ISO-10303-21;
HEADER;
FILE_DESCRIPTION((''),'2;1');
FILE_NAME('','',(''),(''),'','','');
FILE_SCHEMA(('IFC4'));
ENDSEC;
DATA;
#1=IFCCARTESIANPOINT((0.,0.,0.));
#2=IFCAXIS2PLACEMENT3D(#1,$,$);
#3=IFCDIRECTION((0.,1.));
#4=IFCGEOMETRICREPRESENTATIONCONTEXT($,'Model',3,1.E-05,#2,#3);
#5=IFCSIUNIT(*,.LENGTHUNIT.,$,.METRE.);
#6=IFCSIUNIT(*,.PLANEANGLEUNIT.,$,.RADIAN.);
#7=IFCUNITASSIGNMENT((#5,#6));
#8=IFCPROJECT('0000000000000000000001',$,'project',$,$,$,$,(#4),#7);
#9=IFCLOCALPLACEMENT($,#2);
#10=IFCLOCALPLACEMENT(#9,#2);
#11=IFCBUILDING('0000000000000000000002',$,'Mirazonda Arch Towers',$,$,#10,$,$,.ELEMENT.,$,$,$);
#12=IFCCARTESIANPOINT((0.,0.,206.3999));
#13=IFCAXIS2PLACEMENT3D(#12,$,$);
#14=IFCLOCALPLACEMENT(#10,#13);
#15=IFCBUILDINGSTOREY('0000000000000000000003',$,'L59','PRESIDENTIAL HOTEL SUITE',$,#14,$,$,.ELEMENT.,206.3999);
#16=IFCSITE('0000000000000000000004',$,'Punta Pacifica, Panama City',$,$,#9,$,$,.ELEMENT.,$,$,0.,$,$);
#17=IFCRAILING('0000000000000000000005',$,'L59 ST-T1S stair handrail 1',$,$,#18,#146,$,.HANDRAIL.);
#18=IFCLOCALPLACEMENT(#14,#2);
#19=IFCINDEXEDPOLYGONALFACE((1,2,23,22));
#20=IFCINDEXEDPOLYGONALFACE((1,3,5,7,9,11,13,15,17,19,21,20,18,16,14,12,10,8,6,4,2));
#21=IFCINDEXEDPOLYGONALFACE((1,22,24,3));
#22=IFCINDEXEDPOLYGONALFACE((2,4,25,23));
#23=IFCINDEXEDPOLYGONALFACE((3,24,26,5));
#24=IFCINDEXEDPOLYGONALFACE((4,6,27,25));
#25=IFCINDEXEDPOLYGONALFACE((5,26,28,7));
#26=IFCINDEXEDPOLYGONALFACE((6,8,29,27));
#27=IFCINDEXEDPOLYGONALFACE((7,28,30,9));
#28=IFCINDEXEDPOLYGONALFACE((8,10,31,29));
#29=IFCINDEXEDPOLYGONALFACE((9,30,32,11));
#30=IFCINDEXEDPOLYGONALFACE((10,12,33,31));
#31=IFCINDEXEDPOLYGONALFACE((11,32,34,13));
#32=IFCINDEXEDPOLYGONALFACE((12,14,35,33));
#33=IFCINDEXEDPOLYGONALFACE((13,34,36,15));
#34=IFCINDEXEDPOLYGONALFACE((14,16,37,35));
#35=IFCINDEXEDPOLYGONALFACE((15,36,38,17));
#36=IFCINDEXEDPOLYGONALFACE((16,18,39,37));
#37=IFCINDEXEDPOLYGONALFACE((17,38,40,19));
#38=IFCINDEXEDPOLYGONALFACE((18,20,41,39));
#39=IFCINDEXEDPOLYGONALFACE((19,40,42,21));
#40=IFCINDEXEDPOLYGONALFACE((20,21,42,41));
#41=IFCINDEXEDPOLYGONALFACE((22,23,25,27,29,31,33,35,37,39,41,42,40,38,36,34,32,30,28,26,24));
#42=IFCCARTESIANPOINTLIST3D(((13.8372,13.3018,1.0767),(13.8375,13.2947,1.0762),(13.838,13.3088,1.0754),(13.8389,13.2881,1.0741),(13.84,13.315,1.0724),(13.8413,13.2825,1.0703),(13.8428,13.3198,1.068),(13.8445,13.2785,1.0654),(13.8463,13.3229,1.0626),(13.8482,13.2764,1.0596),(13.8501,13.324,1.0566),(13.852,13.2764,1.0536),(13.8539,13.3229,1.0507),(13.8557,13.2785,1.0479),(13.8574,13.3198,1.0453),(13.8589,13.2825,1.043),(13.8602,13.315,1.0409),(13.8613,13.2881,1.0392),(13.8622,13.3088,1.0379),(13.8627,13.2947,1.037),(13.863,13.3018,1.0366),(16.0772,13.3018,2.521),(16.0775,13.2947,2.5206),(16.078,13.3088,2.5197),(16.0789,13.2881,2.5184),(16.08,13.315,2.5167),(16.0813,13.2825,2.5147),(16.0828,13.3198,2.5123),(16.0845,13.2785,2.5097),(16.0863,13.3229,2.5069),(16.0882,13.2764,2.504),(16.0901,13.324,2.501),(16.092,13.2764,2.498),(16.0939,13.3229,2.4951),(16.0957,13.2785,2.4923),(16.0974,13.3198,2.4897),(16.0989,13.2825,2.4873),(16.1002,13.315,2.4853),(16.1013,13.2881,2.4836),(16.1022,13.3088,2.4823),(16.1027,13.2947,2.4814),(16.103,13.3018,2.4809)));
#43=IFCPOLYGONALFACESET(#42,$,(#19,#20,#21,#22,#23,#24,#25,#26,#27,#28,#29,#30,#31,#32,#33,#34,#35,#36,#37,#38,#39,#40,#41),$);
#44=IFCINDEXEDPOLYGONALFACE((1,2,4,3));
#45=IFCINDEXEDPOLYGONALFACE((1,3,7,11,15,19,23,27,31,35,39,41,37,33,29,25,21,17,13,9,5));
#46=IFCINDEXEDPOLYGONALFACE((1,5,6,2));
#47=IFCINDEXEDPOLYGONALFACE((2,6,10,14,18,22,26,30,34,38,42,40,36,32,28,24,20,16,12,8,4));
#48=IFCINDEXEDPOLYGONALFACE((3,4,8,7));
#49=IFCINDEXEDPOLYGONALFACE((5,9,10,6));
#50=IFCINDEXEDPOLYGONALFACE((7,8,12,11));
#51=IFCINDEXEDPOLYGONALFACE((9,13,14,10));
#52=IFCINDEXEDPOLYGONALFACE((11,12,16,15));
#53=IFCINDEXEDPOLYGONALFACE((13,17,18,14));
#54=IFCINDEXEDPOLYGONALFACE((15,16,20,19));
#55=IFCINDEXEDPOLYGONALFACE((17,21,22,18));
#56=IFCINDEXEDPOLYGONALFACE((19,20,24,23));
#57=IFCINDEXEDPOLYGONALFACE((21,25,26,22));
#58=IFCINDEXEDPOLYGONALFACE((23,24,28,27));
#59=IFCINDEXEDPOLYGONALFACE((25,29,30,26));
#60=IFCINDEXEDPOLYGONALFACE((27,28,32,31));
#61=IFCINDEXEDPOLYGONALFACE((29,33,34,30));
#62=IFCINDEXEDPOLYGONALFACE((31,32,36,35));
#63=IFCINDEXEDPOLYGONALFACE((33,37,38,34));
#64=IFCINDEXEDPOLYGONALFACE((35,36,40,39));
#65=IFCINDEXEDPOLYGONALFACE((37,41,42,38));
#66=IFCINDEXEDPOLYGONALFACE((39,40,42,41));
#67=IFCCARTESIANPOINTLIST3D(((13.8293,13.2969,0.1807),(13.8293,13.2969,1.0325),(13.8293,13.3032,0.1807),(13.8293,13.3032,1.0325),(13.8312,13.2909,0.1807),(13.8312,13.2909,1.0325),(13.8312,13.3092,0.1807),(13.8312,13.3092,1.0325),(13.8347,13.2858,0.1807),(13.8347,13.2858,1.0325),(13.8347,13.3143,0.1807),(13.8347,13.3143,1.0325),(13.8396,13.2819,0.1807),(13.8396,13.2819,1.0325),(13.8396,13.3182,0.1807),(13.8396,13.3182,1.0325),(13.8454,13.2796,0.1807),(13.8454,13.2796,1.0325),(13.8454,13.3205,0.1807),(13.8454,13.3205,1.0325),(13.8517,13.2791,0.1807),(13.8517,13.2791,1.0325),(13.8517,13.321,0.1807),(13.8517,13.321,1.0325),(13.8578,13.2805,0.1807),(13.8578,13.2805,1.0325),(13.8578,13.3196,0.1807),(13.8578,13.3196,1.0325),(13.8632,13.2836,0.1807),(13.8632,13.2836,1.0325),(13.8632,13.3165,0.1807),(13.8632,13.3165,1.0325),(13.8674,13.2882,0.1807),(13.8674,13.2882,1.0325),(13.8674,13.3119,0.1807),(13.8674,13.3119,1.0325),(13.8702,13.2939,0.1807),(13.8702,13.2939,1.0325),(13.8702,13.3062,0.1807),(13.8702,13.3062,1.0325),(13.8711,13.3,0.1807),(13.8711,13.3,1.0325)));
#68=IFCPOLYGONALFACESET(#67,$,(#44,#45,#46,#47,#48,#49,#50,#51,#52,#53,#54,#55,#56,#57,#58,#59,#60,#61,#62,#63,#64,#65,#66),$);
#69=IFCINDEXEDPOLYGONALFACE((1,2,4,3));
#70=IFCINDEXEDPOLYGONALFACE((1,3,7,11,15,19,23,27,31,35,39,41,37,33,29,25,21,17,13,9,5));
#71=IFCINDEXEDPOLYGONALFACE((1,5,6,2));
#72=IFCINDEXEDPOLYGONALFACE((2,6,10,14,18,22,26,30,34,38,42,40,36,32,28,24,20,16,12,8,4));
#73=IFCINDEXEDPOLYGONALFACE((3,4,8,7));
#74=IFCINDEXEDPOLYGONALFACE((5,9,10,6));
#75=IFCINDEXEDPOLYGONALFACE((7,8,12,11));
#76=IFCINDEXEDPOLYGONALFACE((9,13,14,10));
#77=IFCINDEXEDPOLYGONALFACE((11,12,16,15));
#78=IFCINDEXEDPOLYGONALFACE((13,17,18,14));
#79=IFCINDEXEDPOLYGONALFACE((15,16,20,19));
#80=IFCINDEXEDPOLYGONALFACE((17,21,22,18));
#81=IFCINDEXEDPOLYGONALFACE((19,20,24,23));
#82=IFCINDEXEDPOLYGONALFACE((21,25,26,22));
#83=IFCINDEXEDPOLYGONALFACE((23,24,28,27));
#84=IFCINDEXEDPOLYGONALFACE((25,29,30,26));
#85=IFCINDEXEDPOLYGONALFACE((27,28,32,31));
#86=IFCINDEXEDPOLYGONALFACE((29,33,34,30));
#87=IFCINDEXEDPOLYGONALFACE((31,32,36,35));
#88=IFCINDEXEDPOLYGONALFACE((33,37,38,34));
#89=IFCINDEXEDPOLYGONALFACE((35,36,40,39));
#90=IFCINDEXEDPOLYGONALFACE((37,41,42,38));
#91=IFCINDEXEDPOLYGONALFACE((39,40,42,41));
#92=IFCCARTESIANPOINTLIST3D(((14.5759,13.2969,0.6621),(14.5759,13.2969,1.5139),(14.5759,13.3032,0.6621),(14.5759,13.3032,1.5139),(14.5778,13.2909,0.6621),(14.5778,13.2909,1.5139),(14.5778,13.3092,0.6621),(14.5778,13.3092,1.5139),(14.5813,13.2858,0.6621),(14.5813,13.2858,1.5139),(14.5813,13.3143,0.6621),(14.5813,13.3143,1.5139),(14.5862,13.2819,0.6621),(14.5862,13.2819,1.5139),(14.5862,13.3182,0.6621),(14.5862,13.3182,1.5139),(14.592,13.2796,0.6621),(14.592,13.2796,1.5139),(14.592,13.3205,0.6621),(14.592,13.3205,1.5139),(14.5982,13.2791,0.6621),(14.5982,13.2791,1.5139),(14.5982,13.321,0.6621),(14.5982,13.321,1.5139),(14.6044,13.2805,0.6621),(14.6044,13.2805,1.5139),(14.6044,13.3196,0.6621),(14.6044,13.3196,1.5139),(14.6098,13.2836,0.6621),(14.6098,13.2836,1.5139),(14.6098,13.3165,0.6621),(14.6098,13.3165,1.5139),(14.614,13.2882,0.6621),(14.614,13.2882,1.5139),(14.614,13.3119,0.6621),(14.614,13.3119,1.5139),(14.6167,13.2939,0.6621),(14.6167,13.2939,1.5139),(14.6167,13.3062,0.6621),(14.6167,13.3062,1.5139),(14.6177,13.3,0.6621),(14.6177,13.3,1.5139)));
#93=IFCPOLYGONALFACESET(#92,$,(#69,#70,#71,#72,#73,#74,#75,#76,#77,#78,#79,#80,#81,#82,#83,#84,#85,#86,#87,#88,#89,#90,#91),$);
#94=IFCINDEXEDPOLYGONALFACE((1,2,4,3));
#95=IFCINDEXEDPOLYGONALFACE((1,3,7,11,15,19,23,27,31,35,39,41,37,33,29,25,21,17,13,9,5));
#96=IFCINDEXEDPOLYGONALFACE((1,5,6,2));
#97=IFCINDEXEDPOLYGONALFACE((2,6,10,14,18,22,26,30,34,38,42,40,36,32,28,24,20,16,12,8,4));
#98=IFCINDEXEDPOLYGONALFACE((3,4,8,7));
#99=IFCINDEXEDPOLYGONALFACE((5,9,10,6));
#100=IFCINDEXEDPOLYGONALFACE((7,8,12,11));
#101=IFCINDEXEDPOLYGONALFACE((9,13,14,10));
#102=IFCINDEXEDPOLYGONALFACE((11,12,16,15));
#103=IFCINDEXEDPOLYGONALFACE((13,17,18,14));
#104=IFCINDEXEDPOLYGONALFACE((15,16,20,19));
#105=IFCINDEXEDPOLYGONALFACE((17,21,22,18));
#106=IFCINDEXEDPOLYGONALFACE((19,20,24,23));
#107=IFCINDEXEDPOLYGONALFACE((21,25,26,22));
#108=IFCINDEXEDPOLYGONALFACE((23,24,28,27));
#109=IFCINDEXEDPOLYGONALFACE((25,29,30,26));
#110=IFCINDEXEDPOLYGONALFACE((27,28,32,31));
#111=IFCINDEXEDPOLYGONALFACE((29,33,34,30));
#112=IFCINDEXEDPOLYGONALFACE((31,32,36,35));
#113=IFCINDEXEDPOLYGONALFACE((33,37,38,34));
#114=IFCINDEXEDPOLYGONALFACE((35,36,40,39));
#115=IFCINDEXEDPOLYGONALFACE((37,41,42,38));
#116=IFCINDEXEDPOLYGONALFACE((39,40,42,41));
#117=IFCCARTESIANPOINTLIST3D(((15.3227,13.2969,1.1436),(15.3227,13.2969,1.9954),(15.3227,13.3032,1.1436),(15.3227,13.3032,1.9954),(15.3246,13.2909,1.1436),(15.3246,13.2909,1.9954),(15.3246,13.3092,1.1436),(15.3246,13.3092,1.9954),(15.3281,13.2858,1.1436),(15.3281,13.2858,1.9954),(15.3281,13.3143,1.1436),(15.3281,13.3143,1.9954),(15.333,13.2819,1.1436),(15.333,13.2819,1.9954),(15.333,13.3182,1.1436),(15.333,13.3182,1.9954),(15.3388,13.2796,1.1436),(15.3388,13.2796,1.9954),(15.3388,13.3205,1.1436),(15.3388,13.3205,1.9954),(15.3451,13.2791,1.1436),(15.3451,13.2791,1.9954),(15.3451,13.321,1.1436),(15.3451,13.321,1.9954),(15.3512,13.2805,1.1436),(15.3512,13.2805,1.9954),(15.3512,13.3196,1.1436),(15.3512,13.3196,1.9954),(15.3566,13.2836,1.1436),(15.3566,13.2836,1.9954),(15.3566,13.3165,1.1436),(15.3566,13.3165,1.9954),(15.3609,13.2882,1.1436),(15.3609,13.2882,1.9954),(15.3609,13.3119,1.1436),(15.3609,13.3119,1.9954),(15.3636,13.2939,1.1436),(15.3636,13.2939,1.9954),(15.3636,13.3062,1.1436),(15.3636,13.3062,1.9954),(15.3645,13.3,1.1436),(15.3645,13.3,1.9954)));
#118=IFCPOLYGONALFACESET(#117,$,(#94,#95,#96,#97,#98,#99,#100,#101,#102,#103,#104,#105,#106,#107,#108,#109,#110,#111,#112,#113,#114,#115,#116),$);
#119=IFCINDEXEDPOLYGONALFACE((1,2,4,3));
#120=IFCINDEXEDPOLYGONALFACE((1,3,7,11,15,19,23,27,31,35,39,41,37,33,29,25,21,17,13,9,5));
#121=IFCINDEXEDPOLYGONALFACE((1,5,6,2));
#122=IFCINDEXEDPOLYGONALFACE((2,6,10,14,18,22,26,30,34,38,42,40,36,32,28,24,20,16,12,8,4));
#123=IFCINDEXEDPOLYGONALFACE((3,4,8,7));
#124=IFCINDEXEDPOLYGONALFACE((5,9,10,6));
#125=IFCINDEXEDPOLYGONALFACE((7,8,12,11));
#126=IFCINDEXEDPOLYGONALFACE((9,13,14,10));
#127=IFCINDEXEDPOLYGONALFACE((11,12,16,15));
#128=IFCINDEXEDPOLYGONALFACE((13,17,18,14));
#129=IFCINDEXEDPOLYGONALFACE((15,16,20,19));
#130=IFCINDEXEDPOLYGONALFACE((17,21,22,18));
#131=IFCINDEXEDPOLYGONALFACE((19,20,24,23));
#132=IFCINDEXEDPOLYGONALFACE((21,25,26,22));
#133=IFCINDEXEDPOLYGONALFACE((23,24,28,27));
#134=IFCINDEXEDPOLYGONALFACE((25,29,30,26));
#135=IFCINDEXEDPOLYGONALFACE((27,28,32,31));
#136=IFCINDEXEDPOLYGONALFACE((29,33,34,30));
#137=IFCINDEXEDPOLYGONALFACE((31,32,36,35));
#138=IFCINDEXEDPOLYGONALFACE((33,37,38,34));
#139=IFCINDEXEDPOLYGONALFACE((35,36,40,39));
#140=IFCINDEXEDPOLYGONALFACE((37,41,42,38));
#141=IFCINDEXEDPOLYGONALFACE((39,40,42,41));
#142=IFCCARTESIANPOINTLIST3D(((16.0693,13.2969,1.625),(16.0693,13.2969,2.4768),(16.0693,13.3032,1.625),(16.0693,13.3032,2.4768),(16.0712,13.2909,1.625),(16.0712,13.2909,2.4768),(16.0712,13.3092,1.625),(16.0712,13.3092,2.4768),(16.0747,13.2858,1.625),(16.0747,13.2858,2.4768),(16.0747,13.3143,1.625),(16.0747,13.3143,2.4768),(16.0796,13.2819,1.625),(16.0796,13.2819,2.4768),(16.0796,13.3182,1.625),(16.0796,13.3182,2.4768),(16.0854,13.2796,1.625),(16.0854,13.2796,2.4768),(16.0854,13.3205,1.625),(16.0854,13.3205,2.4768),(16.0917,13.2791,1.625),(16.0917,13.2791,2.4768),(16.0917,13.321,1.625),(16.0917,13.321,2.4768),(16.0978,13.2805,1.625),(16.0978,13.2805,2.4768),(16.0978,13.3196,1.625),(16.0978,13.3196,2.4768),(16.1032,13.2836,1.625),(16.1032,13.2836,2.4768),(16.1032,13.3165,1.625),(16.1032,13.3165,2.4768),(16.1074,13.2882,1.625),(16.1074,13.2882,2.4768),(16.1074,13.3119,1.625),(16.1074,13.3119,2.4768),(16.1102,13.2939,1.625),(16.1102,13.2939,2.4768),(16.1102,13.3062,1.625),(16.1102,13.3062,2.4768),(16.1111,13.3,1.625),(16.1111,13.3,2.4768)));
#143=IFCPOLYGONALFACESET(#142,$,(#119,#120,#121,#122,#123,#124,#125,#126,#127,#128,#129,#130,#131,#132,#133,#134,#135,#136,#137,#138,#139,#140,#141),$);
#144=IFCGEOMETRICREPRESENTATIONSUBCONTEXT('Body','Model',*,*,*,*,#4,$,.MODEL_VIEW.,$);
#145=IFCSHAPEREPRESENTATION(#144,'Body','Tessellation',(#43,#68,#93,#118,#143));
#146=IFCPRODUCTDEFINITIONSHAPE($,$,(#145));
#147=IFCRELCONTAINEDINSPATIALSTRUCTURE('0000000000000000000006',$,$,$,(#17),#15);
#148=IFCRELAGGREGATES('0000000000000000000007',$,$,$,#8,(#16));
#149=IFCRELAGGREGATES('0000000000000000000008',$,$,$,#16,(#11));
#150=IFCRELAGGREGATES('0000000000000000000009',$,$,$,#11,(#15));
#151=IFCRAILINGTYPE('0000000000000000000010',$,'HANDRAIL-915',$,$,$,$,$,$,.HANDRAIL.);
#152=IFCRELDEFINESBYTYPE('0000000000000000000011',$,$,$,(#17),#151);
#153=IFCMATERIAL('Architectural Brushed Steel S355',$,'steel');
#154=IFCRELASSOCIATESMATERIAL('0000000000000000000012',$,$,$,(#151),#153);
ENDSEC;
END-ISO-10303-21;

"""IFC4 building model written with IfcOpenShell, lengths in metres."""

from ifc_helpers import new_model, si_unit, direction, frame, origin, origin_2d, place, context, subcontext, project, spatial, circle, extrude, material, type_object, element, save


model = new_model("IFC4")

# Units and contexts
model_context = context("Model", 3, precision=1e-05, world=origin(), true_north=direction((0.0, 1.0)))
body_context = subcontext(model_context, "Body", "Model", "MODEL_VIEW")
ifc_project = project(units=[si_unit("LENGTHUNIT", "METRE"), si_unit("PLANEANGLEUNIT", "RADIAN")], contexts=[model_context])

# Site, building, storey
site_placement = place(None, origin())
site = spatial("IfcSite", under=ifc_project, at=site_placement, Name="Punta Pacifica, Panama City", CompositionType="ELEMENT", RefElevation=0.0)
building_placement = place(site_placement, origin())
building = spatial("IfcBuilding", under=site, at=building_placement, Name="Mirazonda Arch Towers", CompositionType="ELEMENT")
storey_placement = place(building_placement, frame((0.0, 0.0, 206.3999)))
storey = spatial("IfcBuildingStorey", under=building, at=storey_placement, Name="L59", Description="PRESIDENTIAL HOTEL SUITE", CompositionType="ELEMENT", Elevation=206.3999)

# Shared definitions
ifc_material_1 = material(Name="Architectural Brushed Steel S355", Category="steel")

# Railing
railing_type_1 = type_object("IfcRailingType", Name="HANDRAIL-915", PredefinedType="HANDRAIL", material=ifc_material_1)
railing_1_placement = place(storey_placement, frame((13.8501, 13.3, 0.1807)))
element("IfcRailing", 1, at=railing_1_placement, inside=storey, type_object=railing_type_1, Name="L59 ST-T1S stair handrail 1", PredefinedType="HANDRAIL", context=body_context, shape_type="SweptSolid", body=[
    extrude(circle(Radius=0.0239, at=origin_2d()), frame((0.0, 0.0, 0.876), z_axis=(0.840437, 0.0, 0.54191), x_axis=(0.0, 1.0, 0.0)), (0.0, 0.0, 1.0), 2.6653),
    extrude(circle(Radius=0.021, at=origin_2d()), origin(), (0.0, 0.0, 1.0), 0.8518),
    extrude(circle(Radius=0.021, at=origin_2d()), frame((0.7466, 0.0, 0.4814)), (0.0, 0.0, 1.0), 0.8518),
    extrude(circle(Radius=0.021, at=origin_2d()), frame((1.4934, 0.0, 0.9629)), (0.0, 0.0, 1.0), 0.8518),
    extrude(circle(Radius=0.021, at=origin_2d()), frame((2.24, 0.0, 1.4443)), (0.0, 0.0, 1.0), 0.8518),
])

save(model, "model.ifc")
